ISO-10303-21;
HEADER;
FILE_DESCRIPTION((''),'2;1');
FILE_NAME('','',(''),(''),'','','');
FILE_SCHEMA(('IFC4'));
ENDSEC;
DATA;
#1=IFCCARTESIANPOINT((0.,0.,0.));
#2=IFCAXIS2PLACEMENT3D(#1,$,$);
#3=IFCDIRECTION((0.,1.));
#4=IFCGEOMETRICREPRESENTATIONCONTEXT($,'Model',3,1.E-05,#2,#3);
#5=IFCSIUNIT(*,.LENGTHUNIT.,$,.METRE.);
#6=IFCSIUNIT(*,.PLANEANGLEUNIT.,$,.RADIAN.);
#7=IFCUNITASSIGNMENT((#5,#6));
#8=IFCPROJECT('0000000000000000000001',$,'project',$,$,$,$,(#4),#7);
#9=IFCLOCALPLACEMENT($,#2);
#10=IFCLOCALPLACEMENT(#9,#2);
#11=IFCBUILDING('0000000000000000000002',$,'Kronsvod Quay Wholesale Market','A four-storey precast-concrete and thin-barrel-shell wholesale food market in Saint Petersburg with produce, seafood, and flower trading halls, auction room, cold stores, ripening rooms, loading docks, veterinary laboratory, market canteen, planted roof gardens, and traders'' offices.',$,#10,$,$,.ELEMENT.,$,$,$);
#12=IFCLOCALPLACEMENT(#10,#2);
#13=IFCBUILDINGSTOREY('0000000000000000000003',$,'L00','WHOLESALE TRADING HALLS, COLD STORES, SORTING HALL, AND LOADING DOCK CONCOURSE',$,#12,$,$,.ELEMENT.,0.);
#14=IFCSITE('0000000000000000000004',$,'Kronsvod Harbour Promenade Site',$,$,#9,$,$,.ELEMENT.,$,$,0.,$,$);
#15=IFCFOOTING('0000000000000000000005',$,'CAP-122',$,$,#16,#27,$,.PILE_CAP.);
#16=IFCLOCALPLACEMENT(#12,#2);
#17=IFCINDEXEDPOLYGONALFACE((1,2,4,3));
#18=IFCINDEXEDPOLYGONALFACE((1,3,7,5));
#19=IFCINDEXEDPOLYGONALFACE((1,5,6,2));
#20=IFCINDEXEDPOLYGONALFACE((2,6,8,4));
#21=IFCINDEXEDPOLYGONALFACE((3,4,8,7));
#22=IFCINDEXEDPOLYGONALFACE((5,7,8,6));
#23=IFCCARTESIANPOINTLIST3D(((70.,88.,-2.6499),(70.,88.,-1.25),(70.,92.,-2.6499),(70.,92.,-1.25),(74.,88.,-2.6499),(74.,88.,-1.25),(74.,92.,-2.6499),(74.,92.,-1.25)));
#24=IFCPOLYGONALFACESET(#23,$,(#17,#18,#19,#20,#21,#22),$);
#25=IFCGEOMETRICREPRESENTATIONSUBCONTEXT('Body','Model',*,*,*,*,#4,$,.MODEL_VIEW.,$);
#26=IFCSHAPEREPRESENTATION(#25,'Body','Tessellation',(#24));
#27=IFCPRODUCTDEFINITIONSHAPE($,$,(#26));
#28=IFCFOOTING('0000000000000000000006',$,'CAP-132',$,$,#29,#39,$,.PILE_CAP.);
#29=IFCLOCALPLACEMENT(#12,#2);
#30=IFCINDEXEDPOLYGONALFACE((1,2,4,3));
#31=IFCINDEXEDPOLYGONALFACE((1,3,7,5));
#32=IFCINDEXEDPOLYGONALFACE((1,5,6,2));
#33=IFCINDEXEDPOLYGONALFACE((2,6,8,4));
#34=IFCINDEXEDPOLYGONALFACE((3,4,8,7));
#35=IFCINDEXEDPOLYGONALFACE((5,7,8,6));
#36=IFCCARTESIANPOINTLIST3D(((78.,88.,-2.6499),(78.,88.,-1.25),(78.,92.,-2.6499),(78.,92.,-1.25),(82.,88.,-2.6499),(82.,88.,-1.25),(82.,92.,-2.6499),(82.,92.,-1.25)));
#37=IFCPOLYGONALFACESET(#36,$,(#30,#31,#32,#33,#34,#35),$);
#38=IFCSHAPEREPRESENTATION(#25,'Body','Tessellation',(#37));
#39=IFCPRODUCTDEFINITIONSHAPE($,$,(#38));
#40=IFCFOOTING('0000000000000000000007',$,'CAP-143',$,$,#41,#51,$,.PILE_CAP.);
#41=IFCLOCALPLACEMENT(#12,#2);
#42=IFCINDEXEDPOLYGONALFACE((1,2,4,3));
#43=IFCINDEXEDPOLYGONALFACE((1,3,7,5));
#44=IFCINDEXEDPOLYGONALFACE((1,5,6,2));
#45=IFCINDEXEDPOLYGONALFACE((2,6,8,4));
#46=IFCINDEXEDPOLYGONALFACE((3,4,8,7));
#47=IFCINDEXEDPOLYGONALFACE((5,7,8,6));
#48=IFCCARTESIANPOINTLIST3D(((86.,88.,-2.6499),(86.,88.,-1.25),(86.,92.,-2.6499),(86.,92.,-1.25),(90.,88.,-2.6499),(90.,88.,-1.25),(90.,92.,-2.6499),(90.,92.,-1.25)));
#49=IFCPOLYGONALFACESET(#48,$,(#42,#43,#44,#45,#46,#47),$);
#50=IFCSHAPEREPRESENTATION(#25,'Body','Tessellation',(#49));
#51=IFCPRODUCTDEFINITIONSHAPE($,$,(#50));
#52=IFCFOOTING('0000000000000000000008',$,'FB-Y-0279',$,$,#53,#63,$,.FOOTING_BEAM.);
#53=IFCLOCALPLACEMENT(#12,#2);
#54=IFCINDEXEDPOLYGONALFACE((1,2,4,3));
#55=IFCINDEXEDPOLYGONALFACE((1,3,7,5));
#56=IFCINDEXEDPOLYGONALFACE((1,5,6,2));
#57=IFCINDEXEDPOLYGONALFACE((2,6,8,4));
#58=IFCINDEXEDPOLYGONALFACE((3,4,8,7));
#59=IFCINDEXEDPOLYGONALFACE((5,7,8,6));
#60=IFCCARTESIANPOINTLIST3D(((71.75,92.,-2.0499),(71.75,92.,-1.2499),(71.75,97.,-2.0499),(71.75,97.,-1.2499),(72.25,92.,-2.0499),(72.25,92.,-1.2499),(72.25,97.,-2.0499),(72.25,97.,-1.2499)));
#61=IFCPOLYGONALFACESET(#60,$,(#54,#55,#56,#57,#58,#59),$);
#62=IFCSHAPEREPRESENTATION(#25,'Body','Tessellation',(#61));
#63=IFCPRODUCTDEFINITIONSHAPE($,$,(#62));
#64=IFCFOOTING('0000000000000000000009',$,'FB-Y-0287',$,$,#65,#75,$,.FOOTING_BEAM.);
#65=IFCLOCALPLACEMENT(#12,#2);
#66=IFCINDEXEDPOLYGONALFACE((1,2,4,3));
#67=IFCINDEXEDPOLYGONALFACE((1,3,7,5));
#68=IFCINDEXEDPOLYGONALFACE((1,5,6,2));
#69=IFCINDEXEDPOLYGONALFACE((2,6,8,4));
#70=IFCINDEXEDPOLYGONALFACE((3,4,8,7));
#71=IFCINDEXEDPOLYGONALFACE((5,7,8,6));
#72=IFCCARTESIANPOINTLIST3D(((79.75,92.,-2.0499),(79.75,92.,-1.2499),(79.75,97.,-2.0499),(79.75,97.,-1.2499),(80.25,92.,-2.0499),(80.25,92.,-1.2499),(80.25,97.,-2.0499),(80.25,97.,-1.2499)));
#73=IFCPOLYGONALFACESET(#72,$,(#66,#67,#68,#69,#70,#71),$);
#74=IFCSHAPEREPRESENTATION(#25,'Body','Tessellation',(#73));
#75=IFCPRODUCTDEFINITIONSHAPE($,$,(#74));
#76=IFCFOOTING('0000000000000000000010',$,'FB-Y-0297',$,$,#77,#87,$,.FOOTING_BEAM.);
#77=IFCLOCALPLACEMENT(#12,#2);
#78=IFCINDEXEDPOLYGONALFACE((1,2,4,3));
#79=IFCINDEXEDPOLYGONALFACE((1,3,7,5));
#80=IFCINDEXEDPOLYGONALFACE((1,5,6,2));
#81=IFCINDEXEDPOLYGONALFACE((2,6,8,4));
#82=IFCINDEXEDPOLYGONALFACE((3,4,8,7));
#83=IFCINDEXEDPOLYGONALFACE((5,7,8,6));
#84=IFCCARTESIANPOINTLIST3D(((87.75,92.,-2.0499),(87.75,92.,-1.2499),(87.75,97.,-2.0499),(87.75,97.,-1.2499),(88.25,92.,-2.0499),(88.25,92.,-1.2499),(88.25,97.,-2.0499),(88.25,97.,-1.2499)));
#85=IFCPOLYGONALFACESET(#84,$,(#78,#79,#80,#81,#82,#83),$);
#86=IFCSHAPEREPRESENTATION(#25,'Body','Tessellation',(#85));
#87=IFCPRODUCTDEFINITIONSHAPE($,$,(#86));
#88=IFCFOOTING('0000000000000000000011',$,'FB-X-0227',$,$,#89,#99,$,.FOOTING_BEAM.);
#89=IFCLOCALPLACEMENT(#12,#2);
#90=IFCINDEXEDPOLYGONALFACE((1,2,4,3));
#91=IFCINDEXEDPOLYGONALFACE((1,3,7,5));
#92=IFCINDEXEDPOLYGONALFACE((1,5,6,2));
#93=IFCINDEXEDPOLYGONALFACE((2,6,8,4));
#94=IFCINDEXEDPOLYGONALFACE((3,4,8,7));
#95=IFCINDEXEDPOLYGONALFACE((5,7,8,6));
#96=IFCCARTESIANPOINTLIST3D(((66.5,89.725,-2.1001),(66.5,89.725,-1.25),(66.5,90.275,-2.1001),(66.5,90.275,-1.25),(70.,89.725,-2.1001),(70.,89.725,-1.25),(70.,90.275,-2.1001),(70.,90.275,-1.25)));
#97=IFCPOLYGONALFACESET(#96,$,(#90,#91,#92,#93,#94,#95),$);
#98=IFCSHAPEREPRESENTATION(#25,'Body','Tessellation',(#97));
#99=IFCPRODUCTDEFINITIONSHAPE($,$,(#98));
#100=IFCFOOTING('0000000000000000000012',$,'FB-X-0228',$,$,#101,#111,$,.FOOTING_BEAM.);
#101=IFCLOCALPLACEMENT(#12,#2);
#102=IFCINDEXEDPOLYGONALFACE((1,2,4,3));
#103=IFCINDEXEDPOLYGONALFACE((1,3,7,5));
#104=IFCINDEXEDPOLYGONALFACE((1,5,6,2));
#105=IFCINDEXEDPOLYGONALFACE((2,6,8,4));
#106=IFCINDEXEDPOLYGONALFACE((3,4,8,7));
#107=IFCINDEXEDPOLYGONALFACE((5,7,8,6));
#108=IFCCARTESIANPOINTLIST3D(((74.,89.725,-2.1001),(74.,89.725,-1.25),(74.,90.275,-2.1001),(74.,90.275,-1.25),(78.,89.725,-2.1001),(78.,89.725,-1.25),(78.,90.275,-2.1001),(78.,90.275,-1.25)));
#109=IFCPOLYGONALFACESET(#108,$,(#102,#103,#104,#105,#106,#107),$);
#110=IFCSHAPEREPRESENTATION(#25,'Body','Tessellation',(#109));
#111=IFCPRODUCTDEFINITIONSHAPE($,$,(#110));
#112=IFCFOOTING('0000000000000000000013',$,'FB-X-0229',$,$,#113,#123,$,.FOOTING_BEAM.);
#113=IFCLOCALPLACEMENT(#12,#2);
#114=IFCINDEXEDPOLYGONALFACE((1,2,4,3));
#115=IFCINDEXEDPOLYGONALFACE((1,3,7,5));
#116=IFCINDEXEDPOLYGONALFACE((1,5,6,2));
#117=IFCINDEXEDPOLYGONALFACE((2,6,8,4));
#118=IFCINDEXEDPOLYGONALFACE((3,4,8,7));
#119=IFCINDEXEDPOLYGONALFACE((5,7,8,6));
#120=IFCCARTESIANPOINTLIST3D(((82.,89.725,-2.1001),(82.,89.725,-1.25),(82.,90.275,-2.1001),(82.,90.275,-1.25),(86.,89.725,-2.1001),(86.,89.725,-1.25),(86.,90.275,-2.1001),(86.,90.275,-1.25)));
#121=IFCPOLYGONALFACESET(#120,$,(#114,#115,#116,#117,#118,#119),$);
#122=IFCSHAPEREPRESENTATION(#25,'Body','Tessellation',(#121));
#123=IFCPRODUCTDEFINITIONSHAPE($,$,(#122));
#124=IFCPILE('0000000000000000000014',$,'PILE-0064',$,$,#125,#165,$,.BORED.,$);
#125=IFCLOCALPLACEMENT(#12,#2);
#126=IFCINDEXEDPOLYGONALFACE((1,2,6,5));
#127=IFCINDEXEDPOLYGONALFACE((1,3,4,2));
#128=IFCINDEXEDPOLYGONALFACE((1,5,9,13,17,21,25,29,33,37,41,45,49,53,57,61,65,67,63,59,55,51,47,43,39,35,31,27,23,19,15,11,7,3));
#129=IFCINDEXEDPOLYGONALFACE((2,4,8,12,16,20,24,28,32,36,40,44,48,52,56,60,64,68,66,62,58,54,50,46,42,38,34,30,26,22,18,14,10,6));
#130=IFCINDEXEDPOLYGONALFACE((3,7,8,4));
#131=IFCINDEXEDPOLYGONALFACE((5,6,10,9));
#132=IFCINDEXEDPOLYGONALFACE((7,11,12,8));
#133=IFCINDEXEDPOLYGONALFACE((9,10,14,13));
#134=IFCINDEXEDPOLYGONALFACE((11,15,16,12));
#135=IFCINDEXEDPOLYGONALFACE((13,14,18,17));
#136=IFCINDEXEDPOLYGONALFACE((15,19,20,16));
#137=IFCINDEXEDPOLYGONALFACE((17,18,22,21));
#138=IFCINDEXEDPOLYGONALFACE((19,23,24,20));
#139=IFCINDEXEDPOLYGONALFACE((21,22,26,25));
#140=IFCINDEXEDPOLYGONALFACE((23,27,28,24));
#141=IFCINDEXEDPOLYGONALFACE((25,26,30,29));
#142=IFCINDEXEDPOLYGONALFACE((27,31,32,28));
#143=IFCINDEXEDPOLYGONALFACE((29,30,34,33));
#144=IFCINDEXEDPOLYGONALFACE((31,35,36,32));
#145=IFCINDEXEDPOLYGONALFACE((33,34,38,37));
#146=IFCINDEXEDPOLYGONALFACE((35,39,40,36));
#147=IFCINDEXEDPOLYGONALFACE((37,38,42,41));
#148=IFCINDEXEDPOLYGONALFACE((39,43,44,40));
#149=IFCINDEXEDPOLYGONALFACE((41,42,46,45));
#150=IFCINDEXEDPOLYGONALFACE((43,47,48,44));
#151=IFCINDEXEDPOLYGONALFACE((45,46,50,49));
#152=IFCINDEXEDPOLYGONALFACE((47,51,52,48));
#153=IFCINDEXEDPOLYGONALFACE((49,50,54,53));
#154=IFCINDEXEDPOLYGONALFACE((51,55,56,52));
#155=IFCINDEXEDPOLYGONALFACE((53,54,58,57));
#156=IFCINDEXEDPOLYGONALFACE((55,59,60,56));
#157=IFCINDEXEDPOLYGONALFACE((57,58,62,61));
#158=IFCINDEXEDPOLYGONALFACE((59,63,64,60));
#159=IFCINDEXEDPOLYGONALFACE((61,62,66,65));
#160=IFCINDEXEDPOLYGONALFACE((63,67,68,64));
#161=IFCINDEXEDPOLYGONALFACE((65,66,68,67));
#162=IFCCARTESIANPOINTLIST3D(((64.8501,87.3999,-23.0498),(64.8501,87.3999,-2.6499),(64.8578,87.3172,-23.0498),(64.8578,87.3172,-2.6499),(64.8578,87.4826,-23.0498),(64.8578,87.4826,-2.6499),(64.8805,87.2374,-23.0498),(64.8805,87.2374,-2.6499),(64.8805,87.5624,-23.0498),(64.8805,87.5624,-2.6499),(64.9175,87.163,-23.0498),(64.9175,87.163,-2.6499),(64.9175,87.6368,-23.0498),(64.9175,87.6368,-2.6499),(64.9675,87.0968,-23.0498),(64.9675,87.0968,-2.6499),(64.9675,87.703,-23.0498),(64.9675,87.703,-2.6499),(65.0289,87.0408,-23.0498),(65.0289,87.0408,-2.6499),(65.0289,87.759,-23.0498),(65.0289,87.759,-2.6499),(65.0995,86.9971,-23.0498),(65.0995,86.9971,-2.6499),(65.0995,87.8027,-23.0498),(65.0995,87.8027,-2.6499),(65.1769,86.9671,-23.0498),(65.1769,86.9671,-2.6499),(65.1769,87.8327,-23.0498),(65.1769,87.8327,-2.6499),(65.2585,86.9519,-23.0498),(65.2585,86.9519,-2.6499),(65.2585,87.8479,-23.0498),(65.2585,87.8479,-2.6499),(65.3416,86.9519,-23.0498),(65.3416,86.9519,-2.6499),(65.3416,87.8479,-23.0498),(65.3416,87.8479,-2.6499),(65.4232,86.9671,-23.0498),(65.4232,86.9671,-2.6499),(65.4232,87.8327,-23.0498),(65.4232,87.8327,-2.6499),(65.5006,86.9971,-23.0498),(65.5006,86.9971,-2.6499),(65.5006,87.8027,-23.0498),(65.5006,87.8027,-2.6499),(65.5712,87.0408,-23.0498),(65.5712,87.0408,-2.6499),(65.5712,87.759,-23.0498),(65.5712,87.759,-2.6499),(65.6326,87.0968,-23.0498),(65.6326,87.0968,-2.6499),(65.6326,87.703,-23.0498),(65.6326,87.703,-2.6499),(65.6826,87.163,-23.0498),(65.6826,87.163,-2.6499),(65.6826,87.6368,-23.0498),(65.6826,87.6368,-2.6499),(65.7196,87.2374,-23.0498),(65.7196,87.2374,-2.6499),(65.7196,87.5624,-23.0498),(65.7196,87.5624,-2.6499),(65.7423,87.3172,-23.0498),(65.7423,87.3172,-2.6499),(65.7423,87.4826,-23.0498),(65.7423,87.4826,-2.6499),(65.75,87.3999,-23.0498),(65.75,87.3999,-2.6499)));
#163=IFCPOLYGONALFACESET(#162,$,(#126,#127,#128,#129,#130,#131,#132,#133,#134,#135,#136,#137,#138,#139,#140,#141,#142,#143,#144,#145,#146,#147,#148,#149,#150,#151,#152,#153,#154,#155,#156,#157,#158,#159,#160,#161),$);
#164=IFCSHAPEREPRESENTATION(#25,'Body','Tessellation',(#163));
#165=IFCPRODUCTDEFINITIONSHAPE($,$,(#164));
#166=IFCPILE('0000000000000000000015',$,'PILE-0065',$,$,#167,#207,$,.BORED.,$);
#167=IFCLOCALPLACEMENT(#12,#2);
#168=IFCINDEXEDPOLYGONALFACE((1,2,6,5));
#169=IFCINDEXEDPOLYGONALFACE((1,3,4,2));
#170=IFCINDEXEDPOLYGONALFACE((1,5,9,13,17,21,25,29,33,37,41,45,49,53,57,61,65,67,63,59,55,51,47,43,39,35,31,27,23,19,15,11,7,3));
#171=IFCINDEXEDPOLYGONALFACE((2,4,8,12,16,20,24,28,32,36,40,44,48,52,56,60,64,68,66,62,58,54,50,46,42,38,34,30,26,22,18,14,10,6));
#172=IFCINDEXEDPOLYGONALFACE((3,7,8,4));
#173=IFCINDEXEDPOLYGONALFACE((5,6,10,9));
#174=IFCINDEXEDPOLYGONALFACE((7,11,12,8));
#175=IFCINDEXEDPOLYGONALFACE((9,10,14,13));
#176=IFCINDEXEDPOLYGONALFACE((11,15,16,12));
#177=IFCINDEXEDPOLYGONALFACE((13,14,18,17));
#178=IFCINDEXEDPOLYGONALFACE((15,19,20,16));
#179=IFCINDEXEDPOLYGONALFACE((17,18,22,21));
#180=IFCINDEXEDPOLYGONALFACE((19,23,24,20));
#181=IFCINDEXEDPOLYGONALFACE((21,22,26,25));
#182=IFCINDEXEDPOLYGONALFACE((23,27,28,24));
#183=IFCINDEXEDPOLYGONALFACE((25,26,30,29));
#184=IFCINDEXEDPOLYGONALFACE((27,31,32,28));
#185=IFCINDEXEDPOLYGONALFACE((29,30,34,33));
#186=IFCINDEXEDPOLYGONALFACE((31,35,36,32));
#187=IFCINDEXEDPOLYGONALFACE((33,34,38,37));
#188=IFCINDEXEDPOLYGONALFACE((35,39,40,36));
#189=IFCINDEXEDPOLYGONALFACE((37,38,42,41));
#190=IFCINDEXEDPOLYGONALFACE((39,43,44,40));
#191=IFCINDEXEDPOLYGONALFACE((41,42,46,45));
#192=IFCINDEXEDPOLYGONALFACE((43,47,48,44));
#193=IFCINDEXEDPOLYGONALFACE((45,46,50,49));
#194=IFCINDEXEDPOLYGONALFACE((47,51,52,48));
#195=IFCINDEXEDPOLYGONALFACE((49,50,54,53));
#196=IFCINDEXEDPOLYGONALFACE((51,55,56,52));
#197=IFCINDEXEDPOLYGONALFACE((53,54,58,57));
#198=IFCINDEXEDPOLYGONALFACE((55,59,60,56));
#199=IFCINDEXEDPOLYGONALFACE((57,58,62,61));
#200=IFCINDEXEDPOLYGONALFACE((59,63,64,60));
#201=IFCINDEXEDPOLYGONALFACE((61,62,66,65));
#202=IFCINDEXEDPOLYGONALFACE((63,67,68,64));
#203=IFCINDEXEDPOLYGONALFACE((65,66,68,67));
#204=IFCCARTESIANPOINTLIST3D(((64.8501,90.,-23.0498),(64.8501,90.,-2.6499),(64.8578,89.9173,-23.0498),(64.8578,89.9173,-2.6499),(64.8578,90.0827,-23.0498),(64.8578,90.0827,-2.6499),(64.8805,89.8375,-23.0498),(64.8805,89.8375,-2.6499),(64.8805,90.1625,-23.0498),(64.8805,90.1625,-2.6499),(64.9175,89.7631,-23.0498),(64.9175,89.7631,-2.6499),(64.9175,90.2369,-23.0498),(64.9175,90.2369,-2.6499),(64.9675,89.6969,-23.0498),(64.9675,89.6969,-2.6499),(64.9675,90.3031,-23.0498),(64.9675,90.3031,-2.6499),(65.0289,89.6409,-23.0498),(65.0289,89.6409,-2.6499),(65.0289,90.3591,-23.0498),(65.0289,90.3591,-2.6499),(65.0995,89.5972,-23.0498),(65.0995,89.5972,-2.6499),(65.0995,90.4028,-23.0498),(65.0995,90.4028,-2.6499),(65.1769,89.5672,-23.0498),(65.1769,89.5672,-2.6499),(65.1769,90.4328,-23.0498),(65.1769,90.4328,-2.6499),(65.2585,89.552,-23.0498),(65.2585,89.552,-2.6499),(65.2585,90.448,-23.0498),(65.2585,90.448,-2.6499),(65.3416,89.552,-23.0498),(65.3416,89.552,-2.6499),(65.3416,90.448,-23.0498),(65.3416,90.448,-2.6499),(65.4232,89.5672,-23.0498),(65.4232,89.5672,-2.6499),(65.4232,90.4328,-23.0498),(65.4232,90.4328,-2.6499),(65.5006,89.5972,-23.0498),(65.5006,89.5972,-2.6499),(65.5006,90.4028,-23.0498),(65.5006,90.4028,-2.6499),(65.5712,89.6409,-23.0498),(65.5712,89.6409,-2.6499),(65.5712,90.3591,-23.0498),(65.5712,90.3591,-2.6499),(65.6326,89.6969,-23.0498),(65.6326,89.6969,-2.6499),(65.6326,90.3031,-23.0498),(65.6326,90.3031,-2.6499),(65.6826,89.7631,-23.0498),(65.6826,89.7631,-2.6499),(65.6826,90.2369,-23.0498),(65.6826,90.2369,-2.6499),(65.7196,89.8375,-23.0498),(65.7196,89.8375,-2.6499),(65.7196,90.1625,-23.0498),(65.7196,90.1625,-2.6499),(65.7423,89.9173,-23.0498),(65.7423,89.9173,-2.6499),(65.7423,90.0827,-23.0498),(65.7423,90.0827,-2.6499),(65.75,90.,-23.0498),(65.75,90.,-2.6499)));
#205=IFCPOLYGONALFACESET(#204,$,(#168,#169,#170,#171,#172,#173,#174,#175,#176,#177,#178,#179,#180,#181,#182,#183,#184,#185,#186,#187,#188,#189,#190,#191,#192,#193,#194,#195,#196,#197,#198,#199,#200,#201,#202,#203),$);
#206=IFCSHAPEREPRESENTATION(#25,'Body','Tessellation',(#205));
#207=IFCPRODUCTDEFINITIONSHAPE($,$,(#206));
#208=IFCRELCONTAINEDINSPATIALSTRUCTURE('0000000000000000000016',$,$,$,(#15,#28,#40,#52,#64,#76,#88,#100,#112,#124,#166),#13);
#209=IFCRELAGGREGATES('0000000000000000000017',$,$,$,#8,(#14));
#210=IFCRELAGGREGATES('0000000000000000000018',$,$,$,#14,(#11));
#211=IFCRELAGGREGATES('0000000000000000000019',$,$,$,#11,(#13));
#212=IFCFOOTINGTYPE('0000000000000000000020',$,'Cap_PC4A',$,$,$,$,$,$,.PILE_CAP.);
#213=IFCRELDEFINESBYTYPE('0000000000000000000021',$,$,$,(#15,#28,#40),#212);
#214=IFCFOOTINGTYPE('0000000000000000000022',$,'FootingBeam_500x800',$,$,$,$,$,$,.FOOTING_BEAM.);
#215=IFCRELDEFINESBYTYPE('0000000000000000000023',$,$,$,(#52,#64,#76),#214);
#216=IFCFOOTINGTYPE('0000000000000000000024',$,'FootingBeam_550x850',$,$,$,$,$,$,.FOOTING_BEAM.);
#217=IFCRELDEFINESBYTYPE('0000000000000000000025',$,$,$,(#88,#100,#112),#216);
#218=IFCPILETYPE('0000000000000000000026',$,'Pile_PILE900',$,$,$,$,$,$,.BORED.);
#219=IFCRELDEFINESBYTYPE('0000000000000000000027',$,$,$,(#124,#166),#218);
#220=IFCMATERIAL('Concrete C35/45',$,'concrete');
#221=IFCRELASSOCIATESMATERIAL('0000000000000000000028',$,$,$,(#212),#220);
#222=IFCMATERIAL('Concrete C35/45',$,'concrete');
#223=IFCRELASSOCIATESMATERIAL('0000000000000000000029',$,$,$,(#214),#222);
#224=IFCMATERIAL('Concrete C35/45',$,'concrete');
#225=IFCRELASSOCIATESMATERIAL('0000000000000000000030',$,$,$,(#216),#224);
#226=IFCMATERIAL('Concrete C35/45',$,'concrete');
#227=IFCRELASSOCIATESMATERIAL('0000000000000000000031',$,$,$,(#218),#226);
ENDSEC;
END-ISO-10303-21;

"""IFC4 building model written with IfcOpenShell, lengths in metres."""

from ifc_helpers import new_model, si_unit, direction, frame, origin, origin_2d, place, context, subcontext, project, spatial, rectangle, circle, extrude, material, material_profile, profile_set, type_object, element, save


model = new_model("IFC4")

# Units and contexts
model_context = context("Model", 3, precision=1e-05, world=origin(), true_north=direction((0.0, 1.0)))
body_context = subcontext(model_context, "Body", "Model", "MODEL_VIEW")
ifc_project = project(units=[si_unit("LENGTHUNIT", "METRE"), si_unit("PLANEANGLEUNIT", "RADIAN")], contexts=[model_context])

# Site, building, storey
site_placement = place(None, origin())
site = spatial("IfcSite", under=ifc_project, at=site_placement, Name="Kronsvod Harbour Promenade Site", CompositionType="ELEMENT", RefElevation=0.0)
building_placement = place(site_placement, origin())
building = spatial("IfcBuilding", under=site, at=building_placement, Name="Kronsvod Quay Wholesale Market", Description="A four-storey precast-concrete and thin-barrel-shell wholesale food market in Saint Petersburg with produce, seafood, and flower trading halls, auction room, cold stores, ripening rooms, loading docks, veterinary laboratory, market canteen, planted roof gardens, and traders' offices.", CompositionType="ELEMENT")
storey_placement = place(building_placement, origin())
storey = spatial("IfcBuildingStorey", under=building, at=storey_placement, Name="L00", Description="WHOLESALE TRADING HALLS, COLD STORES, SORTING HALL, AND LOADING DOCK CONCOURSE", CompositionType="ELEMENT", Elevation=0.0)

# Footings
ifc_material_1 = material(Name="Concrete C35/45", Category="concrete")
footing_type_1 = type_object("IfcFootingType", Name="Cap_PC4A", PredefinedType="PILE_CAP", material=ifc_material_1)
for number, where, z_axis, x_axis, name in (
    (1, (72.0, 90.0, -2.6499), (0.0, 0.0, 1.0), (1.0, 0.0, 0.0), "CAP-122"),
    (2, (80.0, 90.0, -2.6499), (0.0, 0.0, 1.0), (1.0, 0.0, 0.0), "CAP-132"),
    (3, (88.0, 90.0, -2.6499), (0.0, 0.0, 1.0), (1.0, 0.0, 0.0), "CAP-143"),
):
    element("IfcFooting", number, at=place(storey_placement, frame(where, z_axis=z_axis, x_axis=x_axis)), inside=storey, type_object=footing_type_1, Name=name, PredefinedType="PILE_CAP", context=body_context, shape_type="SweptSolid", body=[
        extrude(rectangle(XDim=4.0, YDim=4.0, at=origin_2d()), origin(), (0.0, 0.0, 1.0), 1.3999),
    ])
ifc_material_2 = material(Name="Concrete C35/45", Category="concrete")
ifc_material_profile_1 = material_profile(ifc_material_2, rectangle(XDim=0.5, YDim=0.8, at=origin_2d()), Name="FB-01")
ifc_profile_set_1 = profile_set([ifc_material_profile_1], Name="Concrete C35/45")
footing_type_2 = type_object("IfcFootingType", Name="FootingBeam_500x800", PredefinedType="FOOTING_BEAM", material=ifc_profile_set_1)
for number, where, z_axis, x_axis, name in (
    (4, (72.0, 92.0, -1.6499), (0.0, 1.0, 0.0), (-1.0, 0.0, 0.0), "FB-Y-0279"),
    (5, (80.0, 92.0, -1.6499), (0.0, 1.0, 0.0), (-1.0, 0.0, 0.0), "FB-Y-0287"),
    (6, (88.0, 92.0, -1.6499), (0.0, 1.0, 0.0), (-1.0, 0.0, 0.0), "FB-Y-0297"),
):
    element("IfcFooting", number, at=place(storey_placement, frame(where, z_axis=z_axis, x_axis=x_axis)), inside=storey, type_object=footing_type_2, Name=name, PredefinedType="FOOTING_BEAM", context=body_context, shape_type="SweptSolid", body=[
        extrude(rectangle(XDim=0.5, YDim=0.8, at=origin_2d()), origin(), (0.0, 0.0, 1.0), 5.0),
    ])
ifc_material_3 = material(Name="Concrete C35/45", Category="concrete")
ifc_material_profile_2 = material_profile(ifc_material_3, rectangle(XDim=0.55, YDim=0.8501, at=origin_2d()), Name="FB-03")
ifc_profile_set_2 = profile_set([ifc_material_profile_2], Name="Concrete C35/45")
footing_type_3 = type_object("IfcFootingType", Name="FootingBeam_550x850", PredefinedType="FOOTING_BEAM", material=ifc_profile_set_2)
footing_placement = place(storey_placement, frame((66.5, 90.0, -1.675), z_axis=(1.0, 0.0, 0.0), x_axis=(0.0, 1.0, 0.0)))
element("IfcFooting", 7, at=footing_placement, inside=storey, type_object=footing_type_3, Name="FB-X-0227", PredefinedType="FOOTING_BEAM", context=body_context, shape_type="SweptSolid", body=[
    extrude(rectangle(XDim=0.55, YDim=0.8501, at=origin_2d()), origin(), (0.0, 0.0, 1.0), 3.5),
])
for number, where, z_axis, x_axis, name in (
    (8, (74.0, 90.0, -1.675), (1.0, 0.0, 0.0), (0.0, 1.0, 0.0), "FB-X-0228"),
    (9, (82.0, 90.0, -1.675), (1.0, 0.0, 0.0), (0.0, 1.0, 0.0), "FB-X-0229"),
):
    element("IfcFooting", number, at=place(storey_placement, frame(where, z_axis=z_axis, x_axis=x_axis)), inside=storey, type_object=footing_type_3, Name=name, PredefinedType="FOOTING_BEAM", context=body_context, shape_type="SweptSolid", body=[
        extrude(rectangle(XDim=0.55, YDim=0.8501, at=origin_2d()), origin(), (0.0, 0.0, 1.0), 4.0),
    ])

# Piles
ifc_material_4 = material(Name="Concrete C35/45", Category="concrete")
ifc_material_profile_3 = material_profile(ifc_material_4, circle(Radius=0.45, at=origin_2d()), Name="PILE900")
ifc_profile_set_3 = profile_set([ifc_material_profile_3], Name="Concrete C35/45")
pile_type = type_object("IfcPileType", Name="Pile_PILE900", PredefinedType="BORED", material=ifc_profile_set_3)
for number, where, z_axis, x_axis, name in (
    (10, (65.3, 87.3999, -2.6499), (0.0, 0.0, -1.0), (1.0, 0.0, 0.0), "PILE-0064"),
    (11, (65.3, 90.0, -2.6499), (0.0, 0.0, -1.0), (1.0, 0.0, 0.0), "PILE-0065"),
):
    element("IfcPile", number, at=place(storey_placement, frame(where, z_axis=z_axis, x_axis=x_axis)), inside=storey, type_object=pile_type, Name=name, PredefinedType="BORED", context=body_context, shape_type="SweptSolid", body=[
        extrude(circle(Radius=0.45, at=origin_2d()), origin(), (0.0, 0.0, 1.0), 20.3999),
    ])

save(model, "model.ifc")
